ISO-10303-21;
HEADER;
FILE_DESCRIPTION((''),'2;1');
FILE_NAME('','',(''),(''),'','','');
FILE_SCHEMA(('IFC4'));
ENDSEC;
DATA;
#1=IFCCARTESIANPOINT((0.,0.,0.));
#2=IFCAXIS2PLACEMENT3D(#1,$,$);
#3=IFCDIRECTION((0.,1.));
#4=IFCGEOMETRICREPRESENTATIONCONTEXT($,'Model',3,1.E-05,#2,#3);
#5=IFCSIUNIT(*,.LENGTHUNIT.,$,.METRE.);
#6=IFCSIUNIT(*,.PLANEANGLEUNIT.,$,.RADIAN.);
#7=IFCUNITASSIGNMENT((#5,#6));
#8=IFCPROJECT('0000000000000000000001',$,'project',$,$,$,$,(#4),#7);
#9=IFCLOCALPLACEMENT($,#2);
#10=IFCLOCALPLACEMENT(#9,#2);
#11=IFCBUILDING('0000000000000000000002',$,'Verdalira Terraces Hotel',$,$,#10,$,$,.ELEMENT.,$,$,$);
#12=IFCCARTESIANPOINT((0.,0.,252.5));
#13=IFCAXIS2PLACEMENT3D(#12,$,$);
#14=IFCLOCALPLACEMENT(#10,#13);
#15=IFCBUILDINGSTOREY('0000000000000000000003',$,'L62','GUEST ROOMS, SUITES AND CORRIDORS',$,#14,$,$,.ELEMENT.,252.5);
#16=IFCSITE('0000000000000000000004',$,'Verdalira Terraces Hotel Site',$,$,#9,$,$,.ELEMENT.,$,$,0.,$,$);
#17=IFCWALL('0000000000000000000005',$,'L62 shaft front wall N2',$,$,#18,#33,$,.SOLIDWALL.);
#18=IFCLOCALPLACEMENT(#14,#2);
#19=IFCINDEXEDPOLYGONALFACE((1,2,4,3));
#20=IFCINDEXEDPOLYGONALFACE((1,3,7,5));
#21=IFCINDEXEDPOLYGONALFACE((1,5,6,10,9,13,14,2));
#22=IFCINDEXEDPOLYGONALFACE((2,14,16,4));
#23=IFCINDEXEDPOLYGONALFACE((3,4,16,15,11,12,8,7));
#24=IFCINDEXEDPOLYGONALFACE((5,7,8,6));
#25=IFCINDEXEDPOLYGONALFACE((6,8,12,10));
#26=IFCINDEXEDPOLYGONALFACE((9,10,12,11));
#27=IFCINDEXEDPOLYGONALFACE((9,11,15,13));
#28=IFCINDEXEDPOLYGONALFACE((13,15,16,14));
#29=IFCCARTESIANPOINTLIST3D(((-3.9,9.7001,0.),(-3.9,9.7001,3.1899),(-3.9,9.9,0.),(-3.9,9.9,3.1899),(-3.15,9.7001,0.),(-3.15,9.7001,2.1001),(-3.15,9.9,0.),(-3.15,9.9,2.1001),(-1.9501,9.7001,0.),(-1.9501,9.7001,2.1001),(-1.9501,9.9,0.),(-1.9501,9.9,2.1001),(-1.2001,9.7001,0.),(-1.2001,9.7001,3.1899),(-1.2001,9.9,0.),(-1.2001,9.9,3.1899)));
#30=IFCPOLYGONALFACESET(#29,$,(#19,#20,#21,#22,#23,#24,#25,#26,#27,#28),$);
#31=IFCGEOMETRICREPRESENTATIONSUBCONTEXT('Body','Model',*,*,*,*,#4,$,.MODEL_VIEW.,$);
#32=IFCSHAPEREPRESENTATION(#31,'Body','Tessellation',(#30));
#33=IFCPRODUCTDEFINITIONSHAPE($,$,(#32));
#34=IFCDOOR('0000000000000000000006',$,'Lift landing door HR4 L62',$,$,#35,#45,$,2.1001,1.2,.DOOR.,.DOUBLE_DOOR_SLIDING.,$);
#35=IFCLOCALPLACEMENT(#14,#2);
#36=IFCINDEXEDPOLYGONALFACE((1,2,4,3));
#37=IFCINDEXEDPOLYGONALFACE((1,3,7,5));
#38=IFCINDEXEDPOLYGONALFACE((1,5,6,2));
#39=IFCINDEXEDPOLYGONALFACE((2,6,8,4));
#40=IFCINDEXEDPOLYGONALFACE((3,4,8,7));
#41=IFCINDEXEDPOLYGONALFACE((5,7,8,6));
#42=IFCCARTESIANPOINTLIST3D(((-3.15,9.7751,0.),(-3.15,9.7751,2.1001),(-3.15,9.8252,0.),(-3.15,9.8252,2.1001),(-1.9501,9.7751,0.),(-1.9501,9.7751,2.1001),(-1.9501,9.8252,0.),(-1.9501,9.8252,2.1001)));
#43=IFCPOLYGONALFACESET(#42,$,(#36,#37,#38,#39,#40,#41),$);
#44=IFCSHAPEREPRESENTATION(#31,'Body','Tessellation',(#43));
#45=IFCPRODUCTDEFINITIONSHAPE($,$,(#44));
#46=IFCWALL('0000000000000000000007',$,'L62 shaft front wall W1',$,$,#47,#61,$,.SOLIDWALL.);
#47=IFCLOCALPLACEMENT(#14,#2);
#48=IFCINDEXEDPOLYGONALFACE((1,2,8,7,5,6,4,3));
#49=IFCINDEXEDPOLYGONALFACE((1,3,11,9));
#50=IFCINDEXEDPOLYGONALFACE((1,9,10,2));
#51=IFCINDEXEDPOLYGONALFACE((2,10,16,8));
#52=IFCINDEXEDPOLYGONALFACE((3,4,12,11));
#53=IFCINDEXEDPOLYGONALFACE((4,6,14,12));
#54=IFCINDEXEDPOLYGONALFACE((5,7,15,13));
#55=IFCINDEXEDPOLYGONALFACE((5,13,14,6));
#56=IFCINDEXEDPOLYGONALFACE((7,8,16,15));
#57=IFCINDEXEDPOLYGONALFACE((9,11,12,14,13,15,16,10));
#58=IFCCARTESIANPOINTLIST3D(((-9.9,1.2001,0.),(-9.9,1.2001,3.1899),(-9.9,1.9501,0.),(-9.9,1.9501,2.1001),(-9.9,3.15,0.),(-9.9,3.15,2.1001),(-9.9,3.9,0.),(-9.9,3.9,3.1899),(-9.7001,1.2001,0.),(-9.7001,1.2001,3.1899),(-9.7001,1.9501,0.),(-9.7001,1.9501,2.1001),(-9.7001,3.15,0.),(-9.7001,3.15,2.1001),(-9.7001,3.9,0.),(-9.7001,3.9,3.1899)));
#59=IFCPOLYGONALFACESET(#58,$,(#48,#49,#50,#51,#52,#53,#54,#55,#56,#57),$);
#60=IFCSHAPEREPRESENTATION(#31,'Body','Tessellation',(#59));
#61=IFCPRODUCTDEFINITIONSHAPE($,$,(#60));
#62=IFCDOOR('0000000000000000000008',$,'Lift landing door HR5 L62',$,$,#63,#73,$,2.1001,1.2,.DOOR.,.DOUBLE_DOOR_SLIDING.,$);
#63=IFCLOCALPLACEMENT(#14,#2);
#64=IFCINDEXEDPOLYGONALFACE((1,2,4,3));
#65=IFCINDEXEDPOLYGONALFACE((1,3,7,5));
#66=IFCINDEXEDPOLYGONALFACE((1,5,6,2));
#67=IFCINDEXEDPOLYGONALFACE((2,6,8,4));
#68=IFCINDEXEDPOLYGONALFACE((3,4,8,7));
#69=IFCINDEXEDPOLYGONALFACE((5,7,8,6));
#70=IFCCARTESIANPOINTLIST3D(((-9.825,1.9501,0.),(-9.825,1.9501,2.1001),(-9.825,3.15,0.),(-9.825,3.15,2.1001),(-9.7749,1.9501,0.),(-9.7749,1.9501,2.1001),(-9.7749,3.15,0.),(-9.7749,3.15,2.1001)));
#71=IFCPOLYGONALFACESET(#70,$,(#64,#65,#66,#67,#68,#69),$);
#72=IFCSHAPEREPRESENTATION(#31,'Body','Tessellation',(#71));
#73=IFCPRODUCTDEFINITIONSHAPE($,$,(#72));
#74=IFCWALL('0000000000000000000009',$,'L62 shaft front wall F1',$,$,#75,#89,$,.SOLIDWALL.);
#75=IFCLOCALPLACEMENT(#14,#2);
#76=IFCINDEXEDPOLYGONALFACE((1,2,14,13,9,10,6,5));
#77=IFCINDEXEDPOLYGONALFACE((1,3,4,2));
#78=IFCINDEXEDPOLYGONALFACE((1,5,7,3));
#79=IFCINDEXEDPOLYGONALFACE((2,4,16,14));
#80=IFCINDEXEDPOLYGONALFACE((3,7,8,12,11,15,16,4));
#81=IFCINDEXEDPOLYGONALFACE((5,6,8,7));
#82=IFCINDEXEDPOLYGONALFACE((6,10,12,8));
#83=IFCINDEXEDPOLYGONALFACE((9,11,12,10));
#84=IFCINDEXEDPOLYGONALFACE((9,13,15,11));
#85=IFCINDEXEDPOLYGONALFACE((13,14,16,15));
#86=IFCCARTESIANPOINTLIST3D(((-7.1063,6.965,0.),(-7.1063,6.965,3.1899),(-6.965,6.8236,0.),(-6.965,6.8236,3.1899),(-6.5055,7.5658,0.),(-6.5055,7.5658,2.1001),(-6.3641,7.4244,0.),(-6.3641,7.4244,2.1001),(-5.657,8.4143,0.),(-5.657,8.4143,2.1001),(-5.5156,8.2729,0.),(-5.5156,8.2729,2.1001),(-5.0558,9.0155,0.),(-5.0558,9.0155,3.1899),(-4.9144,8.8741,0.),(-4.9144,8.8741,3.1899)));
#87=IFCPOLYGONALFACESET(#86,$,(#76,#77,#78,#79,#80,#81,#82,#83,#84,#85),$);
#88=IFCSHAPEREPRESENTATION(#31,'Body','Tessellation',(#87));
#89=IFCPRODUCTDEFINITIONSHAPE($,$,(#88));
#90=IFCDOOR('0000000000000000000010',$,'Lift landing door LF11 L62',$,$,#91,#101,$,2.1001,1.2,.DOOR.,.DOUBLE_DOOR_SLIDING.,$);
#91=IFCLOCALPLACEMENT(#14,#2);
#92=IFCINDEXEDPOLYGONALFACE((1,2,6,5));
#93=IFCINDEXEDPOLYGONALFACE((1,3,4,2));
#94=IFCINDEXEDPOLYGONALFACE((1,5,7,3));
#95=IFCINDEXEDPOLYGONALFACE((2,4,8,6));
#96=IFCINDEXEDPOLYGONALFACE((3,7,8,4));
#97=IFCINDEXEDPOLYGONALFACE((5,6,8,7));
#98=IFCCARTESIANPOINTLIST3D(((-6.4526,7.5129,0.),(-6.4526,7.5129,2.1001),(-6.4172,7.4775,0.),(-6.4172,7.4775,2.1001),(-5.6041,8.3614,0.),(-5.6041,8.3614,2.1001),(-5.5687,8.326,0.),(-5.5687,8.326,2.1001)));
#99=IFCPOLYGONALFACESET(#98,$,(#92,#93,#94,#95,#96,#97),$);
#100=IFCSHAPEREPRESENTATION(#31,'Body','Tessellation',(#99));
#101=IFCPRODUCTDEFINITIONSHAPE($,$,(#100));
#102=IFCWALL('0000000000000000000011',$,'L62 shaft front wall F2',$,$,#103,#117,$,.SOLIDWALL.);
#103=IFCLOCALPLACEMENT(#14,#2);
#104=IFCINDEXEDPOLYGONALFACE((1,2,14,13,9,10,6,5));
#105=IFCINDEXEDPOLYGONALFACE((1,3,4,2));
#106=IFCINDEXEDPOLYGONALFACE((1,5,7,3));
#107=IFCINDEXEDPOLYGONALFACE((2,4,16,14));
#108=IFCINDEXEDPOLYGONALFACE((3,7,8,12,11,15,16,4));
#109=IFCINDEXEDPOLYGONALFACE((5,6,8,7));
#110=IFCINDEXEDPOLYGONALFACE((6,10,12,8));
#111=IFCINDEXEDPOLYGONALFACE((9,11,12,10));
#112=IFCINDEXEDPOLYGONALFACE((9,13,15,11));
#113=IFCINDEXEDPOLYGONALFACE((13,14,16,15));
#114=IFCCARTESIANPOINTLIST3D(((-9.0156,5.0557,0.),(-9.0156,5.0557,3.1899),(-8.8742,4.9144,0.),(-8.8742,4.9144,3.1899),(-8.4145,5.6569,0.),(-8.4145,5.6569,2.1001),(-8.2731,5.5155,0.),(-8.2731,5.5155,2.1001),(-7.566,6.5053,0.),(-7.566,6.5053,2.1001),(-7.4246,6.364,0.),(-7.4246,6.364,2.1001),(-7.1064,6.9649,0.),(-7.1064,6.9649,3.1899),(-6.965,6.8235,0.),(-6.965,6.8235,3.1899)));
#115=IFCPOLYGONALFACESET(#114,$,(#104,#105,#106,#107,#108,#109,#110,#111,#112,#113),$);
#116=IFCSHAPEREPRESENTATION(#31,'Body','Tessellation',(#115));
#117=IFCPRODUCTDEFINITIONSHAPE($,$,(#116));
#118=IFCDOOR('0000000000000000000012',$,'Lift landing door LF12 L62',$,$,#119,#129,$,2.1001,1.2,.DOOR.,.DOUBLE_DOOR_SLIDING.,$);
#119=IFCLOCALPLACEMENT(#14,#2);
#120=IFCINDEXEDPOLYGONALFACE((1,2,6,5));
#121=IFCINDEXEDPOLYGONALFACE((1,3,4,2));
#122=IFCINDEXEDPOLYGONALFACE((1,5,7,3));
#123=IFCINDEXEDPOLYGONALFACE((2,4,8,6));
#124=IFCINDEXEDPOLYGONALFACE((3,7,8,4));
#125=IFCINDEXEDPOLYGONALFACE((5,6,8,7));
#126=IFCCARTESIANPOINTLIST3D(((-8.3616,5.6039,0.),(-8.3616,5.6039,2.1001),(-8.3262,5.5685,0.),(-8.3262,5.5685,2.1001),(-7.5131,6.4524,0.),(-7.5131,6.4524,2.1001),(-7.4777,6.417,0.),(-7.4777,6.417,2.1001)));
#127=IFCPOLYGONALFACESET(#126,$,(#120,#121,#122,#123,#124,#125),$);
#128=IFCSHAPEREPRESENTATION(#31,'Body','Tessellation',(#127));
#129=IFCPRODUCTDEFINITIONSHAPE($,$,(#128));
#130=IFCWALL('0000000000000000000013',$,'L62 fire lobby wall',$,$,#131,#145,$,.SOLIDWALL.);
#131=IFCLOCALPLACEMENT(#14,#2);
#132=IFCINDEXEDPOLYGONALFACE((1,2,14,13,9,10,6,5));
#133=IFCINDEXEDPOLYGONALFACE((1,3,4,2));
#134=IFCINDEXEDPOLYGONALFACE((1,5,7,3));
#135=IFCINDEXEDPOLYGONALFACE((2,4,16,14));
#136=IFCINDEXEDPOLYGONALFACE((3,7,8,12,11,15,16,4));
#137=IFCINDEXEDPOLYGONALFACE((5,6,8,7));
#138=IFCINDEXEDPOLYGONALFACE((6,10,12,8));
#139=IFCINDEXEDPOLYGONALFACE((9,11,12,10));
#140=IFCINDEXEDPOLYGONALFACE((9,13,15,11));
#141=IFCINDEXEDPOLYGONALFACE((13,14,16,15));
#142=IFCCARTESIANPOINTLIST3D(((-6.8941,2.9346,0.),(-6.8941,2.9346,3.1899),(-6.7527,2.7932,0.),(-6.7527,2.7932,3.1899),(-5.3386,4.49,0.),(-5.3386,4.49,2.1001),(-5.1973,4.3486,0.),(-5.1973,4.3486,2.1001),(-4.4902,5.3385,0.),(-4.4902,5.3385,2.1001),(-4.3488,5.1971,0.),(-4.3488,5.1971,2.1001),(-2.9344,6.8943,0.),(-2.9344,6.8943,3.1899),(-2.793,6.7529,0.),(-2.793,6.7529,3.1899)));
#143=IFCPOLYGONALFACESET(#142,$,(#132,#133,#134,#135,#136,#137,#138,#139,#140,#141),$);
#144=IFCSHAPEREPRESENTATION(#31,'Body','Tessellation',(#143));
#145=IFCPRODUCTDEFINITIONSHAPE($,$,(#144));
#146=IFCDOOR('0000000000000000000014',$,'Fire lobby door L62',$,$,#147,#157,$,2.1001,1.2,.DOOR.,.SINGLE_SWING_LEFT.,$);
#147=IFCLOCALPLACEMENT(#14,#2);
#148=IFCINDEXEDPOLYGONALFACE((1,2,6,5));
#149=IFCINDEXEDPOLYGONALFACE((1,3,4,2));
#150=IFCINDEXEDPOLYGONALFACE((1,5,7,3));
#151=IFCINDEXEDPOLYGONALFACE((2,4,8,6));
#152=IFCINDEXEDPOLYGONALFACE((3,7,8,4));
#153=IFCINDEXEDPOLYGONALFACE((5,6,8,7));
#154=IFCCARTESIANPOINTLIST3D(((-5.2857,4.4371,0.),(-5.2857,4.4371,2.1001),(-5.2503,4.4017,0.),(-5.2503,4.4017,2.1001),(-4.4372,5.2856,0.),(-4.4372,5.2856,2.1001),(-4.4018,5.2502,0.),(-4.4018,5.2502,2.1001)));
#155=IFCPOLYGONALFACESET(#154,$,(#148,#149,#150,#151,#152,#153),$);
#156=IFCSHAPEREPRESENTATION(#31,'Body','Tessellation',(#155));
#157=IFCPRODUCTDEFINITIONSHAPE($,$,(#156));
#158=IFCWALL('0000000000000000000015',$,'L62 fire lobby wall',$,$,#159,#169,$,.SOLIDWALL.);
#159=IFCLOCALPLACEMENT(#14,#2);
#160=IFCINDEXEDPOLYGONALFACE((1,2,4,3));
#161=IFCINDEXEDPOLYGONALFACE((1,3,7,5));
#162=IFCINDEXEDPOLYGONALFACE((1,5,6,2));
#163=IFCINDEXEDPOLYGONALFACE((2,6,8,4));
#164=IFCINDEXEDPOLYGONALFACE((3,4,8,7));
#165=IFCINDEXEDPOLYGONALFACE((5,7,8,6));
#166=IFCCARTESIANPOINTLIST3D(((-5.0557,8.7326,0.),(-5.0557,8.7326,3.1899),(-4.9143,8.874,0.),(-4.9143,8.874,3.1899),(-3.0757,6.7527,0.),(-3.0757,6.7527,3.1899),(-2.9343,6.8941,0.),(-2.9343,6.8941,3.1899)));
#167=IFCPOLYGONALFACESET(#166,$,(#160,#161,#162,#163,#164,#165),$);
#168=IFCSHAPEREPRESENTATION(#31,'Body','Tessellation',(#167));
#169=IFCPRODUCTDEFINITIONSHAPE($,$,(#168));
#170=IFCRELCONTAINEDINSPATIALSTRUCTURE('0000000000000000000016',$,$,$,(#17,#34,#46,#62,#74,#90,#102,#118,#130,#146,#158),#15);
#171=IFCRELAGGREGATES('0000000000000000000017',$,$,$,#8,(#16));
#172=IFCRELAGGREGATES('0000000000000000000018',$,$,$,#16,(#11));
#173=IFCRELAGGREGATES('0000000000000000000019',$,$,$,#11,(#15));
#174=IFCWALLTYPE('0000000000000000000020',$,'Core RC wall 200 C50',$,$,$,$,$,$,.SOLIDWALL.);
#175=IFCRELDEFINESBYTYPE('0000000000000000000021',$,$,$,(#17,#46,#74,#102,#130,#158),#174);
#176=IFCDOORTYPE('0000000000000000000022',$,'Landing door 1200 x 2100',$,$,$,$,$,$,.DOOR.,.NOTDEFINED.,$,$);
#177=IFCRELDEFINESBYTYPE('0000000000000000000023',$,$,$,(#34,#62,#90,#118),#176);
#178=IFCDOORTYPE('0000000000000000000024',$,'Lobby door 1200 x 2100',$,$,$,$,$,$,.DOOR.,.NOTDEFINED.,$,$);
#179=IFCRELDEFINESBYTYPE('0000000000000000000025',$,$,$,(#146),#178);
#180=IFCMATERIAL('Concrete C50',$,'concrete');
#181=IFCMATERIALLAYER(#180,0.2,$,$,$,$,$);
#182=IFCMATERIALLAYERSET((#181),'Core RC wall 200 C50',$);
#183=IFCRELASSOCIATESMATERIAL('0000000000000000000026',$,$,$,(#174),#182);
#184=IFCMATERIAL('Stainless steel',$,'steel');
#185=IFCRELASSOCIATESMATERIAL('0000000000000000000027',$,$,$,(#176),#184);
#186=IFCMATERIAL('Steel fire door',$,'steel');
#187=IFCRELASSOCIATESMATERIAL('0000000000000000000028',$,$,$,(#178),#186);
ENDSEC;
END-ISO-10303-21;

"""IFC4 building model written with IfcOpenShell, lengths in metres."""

from ifc_helpers import new_model, si_unit, direction, frame, frame_2d, origin, place, context, subcontext, project, spatial, rectangle, extrude, material, layer, layer_set, type_object, element, fill, save


model = new_model("IFC4")

# Units and contexts
model_context = context("Model", 3, precision=1e-05, world=origin(), true_north=direction((0.0, 1.0)))
body_context = subcontext(model_context, "Body", "Model", "MODEL_VIEW")
ifc_project = project(units=[si_unit("LENGTHUNIT", "METRE"), si_unit("PLANEANGLEUNIT", "RADIAN")], contexts=[model_context])

# Site, building, storey
site_placement = place(None, origin())
site = spatial("IfcSite", under=ifc_project, at=site_placement, Name="Verdalira Terraces Hotel Site", CompositionType="ELEMENT", RefElevation=0.0)
building_placement = place(site_placement, origin())
building = spatial("IfcBuilding", under=site, at=building_placement, Name="Verdalira Terraces Hotel", CompositionType="ELEMENT")
storey_placement = place(building_placement, frame((0.0, 0.0, 252.5)))
storey = spatial("IfcBuildingStorey", under=building, at=storey_placement, Name="L62", Description="GUEST ROOMS, SUITES AND CORRIDORS", CompositionType="ELEMENT", Elevation=252.5)

# Walls, openings, doors
ifc_material_1 = material(Name="Concrete C50", Category="concrete")
ifc_layer_1 = layer(ifc_material_1, 0.2)
ifc_layer_set_1 = layer_set([ifc_layer_1], Name="Core RC wall 200 C50")
wall_type_1 = type_object("IfcWallType", Name="Core RC wall 200 C50", PredefinedType="SOLIDWALL", material=ifc_layer_set_1)
wall_1_placement = place(storey_placement, frame((-1.2, 9.8, 0.0), z_axis=(0.0, 0.0, 1.0), x_axis=(-1.0, 0.0, 0.0)))
wall_1 = element("IfcWall", 1, at=wall_1_placement, inside=storey, type_object=wall_type_1, Name="L62 shaft front wall N2", PredefinedType="SOLIDWALL", context=body_context, shape_type="SweptSolid", body=[
    extrude(rectangle(XDim=2.7, YDim=0.2, at=frame_2d((1.3501, 0.0))), origin(), (0.0, 0.0, 1.0), 3.1899),
])
opening_1_placement = place(wall_1_placement, frame((0.75, 0.0, 0.0)))
opening_1 = element("IfcOpeningElement", 2, at=opening_1_placement, cuts=wall_1, PredefinedType="OPENING", context=body_context, shape_type="SweptSolid", body=[
    extrude(rectangle(XDim=1.2, YDim=2.1001, at=frame_2d((0.6001, 1.05))), frame((0.0, 0.1099, 0.0), z_axis=(0.0, -1.0, 0.0), x_axis=(1.0, 0.0, 0.0)), (0.0, 0.0, 1.0), 0.22),
])
ifc_material_2 = material(Name="Stainless steel", Category="steel")
door_type_1 = type_object("IfcDoorType", Name="Landing door 1200 x 2100", OperationType="NOTDEFINED", PredefinedType="DOOR", material=ifc_material_2)
door_1_placement = place(opening_1_placement, origin())
door_1 = element("IfcDoor", 3, at=door_1_placement, inside=storey, type_object=door_type_1, Name="Lift landing door HR4 L62", OperationType="DOUBLE_DOOR_SLIDING", OverallHeight=2.1001, OverallWidth=1.2, PredefinedType="DOOR", context=body_context, shape_type="SweptSolid", body=[
    extrude(rectangle(XDim=1.2, YDim=2.1001, at=frame_2d((0.6001, 1.05))), frame((0.0, 0.0249, 0.0), z_axis=(0.0, -1.0, 0.0), x_axis=(1.0, 0.0, 0.0)), (0.0, 0.0, 1.0), 0.05),
])
fill(opening_1, door_1)
wall_2_placement = place(storey_placement, frame((-9.8, 1.2, 0.0), z_axis=(0.0, 0.0, 1.0), x_axis=(0.0, 1.0, 0.0)))
wall_2 = element("IfcWall", 4, at=wall_2_placement, inside=storey, type_object=wall_type_1, Name="L62 shaft front wall W1", PredefinedType="SOLIDWALL", context=body_context, shape_type="SweptSolid", body=[
    extrude(rectangle(XDim=2.7, YDim=0.2, at=frame_2d((1.3501, 0.0))), origin(), (0.0, 0.0, 1.0), 3.1899),
])
opening_2_placement = place(wall_2_placement, frame((0.75, 0.0, 0.0)))
opening_2 = element("IfcOpeningElement", 5, at=opening_2_placement, cuts=wall_2, PredefinedType="OPENING", context=body_context, shape_type="SweptSolid", body=[
    extrude(rectangle(XDim=1.2, YDim=2.1001, at=frame_2d((0.6001, 1.05))), frame((0.0, 0.1099, 0.0), z_axis=(0.0, -1.0, 0.0), x_axis=(1.0, 0.0, 0.0)), (0.0, 0.0, 1.0), 0.22),
])
door_2_placement = place(opening_2_placement, origin())
door_2 = element("IfcDoor", 6, at=door_2_placement, inside=storey, type_object=door_type_1, Name="Lift landing door HR5 L62", OperationType="DOUBLE_DOOR_SLIDING", OverallHeight=2.1001, OverallWidth=1.2, PredefinedType="DOOR", context=body_context, shape_type="SweptSolid", body=[
    extrude(rectangle(XDim=1.2, YDim=2.1001, at=frame_2d((0.6001, 1.05))), frame((0.0, 0.0249, 0.0), z_axis=(0.0, -1.0, 0.0), x_axis=(1.0, 0.0, 0.0)), (0.0, 0.0, 1.0), 0.05),
])
fill(opening_2, door_2)
wall_3_placement = place(storey_placement, frame((-4.9851, 8.9448, 0.0), z_axis=(0.0, 0.0, 1.0), x_axis=(-0.707107, -0.707107, 0.0)))
wall_3 = element("IfcWall", 7, at=wall_3_placement, inside=storey, type_object=wall_type_1, Name="L62 shaft front wall F1", PredefinedType="SOLIDWALL", context=body_context, shape_type="SweptSolid", body=[
    extrude(rectangle(XDim=2.8999, YDim=0.2, at=frame_2d((1.45, 0.0))), origin(), (0.0, 0.0, 1.0), 3.1899),
])
opening_3_placement = place(wall_3_placement, frame((0.8501, 0.0, 0.0)))
opening_3 = element("IfcOpeningElement", 8, at=opening_3_placement, cuts=wall_3, PredefinedType="OPENING", context=body_context, shape_type="SweptSolid", body=[
    extrude(rectangle(XDim=1.2, YDim=2.1001, at=frame_2d((0.6001, 1.05))), frame((0.0, 0.1099, 0.0), z_axis=(0.0, -1.0, 0.0), x_axis=(1.0, 0.0, 0.0)), (0.0, 0.0, 1.0), 0.22),
])
door_3_placement = place(opening_3_placement, origin())
door_3 = element("IfcDoor", 9, at=door_3_placement, inside=storey, type_object=door_type_1, Name="Lift landing door LF11 L62", OperationType="DOUBLE_DOOR_SLIDING", OverallHeight=2.1001, OverallWidth=1.2, PredefinedType="DOOR", context=body_context, shape_type="SweptSolid", body=[
    extrude(rectangle(XDim=1.2, YDim=2.1001, at=frame_2d((0.6001, 1.05))), frame((0.0, 0.0249, 0.0), z_axis=(0.0, -1.0, 0.0), x_axis=(1.0, 0.0, 0.0)), (0.0, 0.0, 1.0), 0.05),
])
fill(opening_3, door_3)
wall_4_placement = place(storey_placement, frame((-7.0356, 6.8943, 0.0), z_axis=(0.0, 0.0, 1.0), x_axis=(-0.707107, -0.707107, 0.0)))
wall_4 = element("IfcWall", 10, at=wall_4_placement, inside=storey, type_object=wall_type_1, Name="L62 shaft front wall F2", PredefinedType="SOLIDWALL", context=body_context, shape_type="SweptSolid", body=[
    extrude(rectangle(XDim=2.7, YDim=0.2, at=frame_2d((1.3501, 0.0))), origin(), (0.0, 0.0, 1.0), 3.1899),
])
opening_4_placement = place(wall_4_placement, frame((0.6499, 0.0, 0.0)))
opening_4 = element("IfcOpeningElement", 11, at=opening_4_placement, cuts=wall_4, PredefinedType="OPENING", context=body_context, shape_type="SweptSolid", body=[
    extrude(rectangle(XDim=1.2, YDim=2.1001, at=frame_2d((0.6001, 1.05))), frame((0.0, 0.1099, 0.0), z_axis=(0.0, -1.0, 0.0), x_axis=(1.0, 0.0, 0.0)), (0.0, 0.0, 1.0), 0.22),
])
door_4_placement = place(opening_4_placement, origin())
door_4 = element("IfcDoor", 12, at=door_4_placement, inside=storey, type_object=door_type_1, Name="Lift landing door LF12 L62", OperationType="DOUBLE_DOOR_SLIDING", OverallHeight=2.1001, OverallWidth=1.2, PredefinedType="DOOR", context=body_context, shape_type="SweptSolid", body=[
    extrude(rectangle(XDim=1.2, YDim=2.1001, at=frame_2d((0.6001, 1.05))), frame((0.0, 0.0249, 0.0), z_axis=(0.0, -1.0, 0.0), x_axis=(1.0, 0.0, 0.0)), (0.0, 0.0, 1.0), 0.05),
])
fill(opening_4, door_4)
wall_5_placement = place(storey_placement, frame((-2.8638, 6.8235, 0.0), z_axis=(0.0, 0.0, 1.0), x_axis=(-0.707107, -0.707107, 0.0)))
wall_5 = element("IfcWall", 13, at=wall_5_placement, inside=storey, type_object=wall_type_1, Name="L62 fire lobby wall", PredefinedType="SOLIDWALL", context=body_context, shape_type="SweptSolid", body=[
    extrude(rectangle(XDim=5.5999, YDim=0.2, at=frame_2d((2.7998, 0.0))), origin(), (0.0, 0.0, 1.0), 3.1899),
])
opening_5_placement = place(wall_5_placement, frame((2.2, 0.0, 0.0)))
opening_5 = element("IfcOpeningElement", 14, at=opening_5_placement, cuts=wall_5, PredefinedType="OPENING", context=body_context, shape_type="SweptSolid", body=[
    extrude(rectangle(XDim=1.2, YDim=2.1001, at=frame_2d((0.6001, 1.05))), frame((0.0, 0.1099, 0.0), z_axis=(0.0, -1.0, 0.0), x_axis=(1.0, 0.0, 0.0)), (0.0, 0.0, 1.0), 0.22),
])
ifc_material_3 = material(Name="Steel fire door", Category="steel")
door_type_2 = type_object("IfcDoorType", Name="Lobby door 1200 x 2100", OperationType="NOTDEFINED", PredefinedType="DOOR", material=ifc_material_3)
door_5_placement = place(opening_5_placement, origin())
door_5 = element("IfcDoor", 15, at=door_5_placement, inside=storey, type_object=door_type_2, Name="Fire lobby door L62", OperationType="SINGLE_SWING_LEFT", OverallHeight=2.1001, OverallWidth=1.2, PredefinedType="DOOR", context=body_context, shape_type="SweptSolid", body=[
    extrude(rectangle(XDim=1.2, YDim=2.1001, at=frame_2d((0.6001, 1.05))), frame((0.0, 0.0249, 0.0), z_axis=(0.0, -1.0, 0.0), x_axis=(1.0, 0.0, 0.0)), (0.0, 0.0, 1.0), 0.05),
])
fill(opening_5, door_5)

# Wall
for number, where, z_axis, x_axis, name in (
    (16, (-3.0051, 6.8235, 0.0), (0.0, 0.0, 1.0), (-0.707107, 0.707107, 0.0), "L62 fire lobby wall"),
):
    element("IfcWall", number, at=place(storey_placement, frame(where, z_axis=z_axis, x_axis=x_axis)), inside=storey, type_object=wall_type_1, Name=name, PredefinedType="SOLIDWALL", context=body_context, shape_type="SweptSolid", body=[
        extrude(rectangle(XDim=2.8, YDim=0.2, at=frame_2d((1.3999, 0.0))), origin(), (0.0, 0.0, 1.0), 3.1899),
    ])

save(model, "model.ifc")
